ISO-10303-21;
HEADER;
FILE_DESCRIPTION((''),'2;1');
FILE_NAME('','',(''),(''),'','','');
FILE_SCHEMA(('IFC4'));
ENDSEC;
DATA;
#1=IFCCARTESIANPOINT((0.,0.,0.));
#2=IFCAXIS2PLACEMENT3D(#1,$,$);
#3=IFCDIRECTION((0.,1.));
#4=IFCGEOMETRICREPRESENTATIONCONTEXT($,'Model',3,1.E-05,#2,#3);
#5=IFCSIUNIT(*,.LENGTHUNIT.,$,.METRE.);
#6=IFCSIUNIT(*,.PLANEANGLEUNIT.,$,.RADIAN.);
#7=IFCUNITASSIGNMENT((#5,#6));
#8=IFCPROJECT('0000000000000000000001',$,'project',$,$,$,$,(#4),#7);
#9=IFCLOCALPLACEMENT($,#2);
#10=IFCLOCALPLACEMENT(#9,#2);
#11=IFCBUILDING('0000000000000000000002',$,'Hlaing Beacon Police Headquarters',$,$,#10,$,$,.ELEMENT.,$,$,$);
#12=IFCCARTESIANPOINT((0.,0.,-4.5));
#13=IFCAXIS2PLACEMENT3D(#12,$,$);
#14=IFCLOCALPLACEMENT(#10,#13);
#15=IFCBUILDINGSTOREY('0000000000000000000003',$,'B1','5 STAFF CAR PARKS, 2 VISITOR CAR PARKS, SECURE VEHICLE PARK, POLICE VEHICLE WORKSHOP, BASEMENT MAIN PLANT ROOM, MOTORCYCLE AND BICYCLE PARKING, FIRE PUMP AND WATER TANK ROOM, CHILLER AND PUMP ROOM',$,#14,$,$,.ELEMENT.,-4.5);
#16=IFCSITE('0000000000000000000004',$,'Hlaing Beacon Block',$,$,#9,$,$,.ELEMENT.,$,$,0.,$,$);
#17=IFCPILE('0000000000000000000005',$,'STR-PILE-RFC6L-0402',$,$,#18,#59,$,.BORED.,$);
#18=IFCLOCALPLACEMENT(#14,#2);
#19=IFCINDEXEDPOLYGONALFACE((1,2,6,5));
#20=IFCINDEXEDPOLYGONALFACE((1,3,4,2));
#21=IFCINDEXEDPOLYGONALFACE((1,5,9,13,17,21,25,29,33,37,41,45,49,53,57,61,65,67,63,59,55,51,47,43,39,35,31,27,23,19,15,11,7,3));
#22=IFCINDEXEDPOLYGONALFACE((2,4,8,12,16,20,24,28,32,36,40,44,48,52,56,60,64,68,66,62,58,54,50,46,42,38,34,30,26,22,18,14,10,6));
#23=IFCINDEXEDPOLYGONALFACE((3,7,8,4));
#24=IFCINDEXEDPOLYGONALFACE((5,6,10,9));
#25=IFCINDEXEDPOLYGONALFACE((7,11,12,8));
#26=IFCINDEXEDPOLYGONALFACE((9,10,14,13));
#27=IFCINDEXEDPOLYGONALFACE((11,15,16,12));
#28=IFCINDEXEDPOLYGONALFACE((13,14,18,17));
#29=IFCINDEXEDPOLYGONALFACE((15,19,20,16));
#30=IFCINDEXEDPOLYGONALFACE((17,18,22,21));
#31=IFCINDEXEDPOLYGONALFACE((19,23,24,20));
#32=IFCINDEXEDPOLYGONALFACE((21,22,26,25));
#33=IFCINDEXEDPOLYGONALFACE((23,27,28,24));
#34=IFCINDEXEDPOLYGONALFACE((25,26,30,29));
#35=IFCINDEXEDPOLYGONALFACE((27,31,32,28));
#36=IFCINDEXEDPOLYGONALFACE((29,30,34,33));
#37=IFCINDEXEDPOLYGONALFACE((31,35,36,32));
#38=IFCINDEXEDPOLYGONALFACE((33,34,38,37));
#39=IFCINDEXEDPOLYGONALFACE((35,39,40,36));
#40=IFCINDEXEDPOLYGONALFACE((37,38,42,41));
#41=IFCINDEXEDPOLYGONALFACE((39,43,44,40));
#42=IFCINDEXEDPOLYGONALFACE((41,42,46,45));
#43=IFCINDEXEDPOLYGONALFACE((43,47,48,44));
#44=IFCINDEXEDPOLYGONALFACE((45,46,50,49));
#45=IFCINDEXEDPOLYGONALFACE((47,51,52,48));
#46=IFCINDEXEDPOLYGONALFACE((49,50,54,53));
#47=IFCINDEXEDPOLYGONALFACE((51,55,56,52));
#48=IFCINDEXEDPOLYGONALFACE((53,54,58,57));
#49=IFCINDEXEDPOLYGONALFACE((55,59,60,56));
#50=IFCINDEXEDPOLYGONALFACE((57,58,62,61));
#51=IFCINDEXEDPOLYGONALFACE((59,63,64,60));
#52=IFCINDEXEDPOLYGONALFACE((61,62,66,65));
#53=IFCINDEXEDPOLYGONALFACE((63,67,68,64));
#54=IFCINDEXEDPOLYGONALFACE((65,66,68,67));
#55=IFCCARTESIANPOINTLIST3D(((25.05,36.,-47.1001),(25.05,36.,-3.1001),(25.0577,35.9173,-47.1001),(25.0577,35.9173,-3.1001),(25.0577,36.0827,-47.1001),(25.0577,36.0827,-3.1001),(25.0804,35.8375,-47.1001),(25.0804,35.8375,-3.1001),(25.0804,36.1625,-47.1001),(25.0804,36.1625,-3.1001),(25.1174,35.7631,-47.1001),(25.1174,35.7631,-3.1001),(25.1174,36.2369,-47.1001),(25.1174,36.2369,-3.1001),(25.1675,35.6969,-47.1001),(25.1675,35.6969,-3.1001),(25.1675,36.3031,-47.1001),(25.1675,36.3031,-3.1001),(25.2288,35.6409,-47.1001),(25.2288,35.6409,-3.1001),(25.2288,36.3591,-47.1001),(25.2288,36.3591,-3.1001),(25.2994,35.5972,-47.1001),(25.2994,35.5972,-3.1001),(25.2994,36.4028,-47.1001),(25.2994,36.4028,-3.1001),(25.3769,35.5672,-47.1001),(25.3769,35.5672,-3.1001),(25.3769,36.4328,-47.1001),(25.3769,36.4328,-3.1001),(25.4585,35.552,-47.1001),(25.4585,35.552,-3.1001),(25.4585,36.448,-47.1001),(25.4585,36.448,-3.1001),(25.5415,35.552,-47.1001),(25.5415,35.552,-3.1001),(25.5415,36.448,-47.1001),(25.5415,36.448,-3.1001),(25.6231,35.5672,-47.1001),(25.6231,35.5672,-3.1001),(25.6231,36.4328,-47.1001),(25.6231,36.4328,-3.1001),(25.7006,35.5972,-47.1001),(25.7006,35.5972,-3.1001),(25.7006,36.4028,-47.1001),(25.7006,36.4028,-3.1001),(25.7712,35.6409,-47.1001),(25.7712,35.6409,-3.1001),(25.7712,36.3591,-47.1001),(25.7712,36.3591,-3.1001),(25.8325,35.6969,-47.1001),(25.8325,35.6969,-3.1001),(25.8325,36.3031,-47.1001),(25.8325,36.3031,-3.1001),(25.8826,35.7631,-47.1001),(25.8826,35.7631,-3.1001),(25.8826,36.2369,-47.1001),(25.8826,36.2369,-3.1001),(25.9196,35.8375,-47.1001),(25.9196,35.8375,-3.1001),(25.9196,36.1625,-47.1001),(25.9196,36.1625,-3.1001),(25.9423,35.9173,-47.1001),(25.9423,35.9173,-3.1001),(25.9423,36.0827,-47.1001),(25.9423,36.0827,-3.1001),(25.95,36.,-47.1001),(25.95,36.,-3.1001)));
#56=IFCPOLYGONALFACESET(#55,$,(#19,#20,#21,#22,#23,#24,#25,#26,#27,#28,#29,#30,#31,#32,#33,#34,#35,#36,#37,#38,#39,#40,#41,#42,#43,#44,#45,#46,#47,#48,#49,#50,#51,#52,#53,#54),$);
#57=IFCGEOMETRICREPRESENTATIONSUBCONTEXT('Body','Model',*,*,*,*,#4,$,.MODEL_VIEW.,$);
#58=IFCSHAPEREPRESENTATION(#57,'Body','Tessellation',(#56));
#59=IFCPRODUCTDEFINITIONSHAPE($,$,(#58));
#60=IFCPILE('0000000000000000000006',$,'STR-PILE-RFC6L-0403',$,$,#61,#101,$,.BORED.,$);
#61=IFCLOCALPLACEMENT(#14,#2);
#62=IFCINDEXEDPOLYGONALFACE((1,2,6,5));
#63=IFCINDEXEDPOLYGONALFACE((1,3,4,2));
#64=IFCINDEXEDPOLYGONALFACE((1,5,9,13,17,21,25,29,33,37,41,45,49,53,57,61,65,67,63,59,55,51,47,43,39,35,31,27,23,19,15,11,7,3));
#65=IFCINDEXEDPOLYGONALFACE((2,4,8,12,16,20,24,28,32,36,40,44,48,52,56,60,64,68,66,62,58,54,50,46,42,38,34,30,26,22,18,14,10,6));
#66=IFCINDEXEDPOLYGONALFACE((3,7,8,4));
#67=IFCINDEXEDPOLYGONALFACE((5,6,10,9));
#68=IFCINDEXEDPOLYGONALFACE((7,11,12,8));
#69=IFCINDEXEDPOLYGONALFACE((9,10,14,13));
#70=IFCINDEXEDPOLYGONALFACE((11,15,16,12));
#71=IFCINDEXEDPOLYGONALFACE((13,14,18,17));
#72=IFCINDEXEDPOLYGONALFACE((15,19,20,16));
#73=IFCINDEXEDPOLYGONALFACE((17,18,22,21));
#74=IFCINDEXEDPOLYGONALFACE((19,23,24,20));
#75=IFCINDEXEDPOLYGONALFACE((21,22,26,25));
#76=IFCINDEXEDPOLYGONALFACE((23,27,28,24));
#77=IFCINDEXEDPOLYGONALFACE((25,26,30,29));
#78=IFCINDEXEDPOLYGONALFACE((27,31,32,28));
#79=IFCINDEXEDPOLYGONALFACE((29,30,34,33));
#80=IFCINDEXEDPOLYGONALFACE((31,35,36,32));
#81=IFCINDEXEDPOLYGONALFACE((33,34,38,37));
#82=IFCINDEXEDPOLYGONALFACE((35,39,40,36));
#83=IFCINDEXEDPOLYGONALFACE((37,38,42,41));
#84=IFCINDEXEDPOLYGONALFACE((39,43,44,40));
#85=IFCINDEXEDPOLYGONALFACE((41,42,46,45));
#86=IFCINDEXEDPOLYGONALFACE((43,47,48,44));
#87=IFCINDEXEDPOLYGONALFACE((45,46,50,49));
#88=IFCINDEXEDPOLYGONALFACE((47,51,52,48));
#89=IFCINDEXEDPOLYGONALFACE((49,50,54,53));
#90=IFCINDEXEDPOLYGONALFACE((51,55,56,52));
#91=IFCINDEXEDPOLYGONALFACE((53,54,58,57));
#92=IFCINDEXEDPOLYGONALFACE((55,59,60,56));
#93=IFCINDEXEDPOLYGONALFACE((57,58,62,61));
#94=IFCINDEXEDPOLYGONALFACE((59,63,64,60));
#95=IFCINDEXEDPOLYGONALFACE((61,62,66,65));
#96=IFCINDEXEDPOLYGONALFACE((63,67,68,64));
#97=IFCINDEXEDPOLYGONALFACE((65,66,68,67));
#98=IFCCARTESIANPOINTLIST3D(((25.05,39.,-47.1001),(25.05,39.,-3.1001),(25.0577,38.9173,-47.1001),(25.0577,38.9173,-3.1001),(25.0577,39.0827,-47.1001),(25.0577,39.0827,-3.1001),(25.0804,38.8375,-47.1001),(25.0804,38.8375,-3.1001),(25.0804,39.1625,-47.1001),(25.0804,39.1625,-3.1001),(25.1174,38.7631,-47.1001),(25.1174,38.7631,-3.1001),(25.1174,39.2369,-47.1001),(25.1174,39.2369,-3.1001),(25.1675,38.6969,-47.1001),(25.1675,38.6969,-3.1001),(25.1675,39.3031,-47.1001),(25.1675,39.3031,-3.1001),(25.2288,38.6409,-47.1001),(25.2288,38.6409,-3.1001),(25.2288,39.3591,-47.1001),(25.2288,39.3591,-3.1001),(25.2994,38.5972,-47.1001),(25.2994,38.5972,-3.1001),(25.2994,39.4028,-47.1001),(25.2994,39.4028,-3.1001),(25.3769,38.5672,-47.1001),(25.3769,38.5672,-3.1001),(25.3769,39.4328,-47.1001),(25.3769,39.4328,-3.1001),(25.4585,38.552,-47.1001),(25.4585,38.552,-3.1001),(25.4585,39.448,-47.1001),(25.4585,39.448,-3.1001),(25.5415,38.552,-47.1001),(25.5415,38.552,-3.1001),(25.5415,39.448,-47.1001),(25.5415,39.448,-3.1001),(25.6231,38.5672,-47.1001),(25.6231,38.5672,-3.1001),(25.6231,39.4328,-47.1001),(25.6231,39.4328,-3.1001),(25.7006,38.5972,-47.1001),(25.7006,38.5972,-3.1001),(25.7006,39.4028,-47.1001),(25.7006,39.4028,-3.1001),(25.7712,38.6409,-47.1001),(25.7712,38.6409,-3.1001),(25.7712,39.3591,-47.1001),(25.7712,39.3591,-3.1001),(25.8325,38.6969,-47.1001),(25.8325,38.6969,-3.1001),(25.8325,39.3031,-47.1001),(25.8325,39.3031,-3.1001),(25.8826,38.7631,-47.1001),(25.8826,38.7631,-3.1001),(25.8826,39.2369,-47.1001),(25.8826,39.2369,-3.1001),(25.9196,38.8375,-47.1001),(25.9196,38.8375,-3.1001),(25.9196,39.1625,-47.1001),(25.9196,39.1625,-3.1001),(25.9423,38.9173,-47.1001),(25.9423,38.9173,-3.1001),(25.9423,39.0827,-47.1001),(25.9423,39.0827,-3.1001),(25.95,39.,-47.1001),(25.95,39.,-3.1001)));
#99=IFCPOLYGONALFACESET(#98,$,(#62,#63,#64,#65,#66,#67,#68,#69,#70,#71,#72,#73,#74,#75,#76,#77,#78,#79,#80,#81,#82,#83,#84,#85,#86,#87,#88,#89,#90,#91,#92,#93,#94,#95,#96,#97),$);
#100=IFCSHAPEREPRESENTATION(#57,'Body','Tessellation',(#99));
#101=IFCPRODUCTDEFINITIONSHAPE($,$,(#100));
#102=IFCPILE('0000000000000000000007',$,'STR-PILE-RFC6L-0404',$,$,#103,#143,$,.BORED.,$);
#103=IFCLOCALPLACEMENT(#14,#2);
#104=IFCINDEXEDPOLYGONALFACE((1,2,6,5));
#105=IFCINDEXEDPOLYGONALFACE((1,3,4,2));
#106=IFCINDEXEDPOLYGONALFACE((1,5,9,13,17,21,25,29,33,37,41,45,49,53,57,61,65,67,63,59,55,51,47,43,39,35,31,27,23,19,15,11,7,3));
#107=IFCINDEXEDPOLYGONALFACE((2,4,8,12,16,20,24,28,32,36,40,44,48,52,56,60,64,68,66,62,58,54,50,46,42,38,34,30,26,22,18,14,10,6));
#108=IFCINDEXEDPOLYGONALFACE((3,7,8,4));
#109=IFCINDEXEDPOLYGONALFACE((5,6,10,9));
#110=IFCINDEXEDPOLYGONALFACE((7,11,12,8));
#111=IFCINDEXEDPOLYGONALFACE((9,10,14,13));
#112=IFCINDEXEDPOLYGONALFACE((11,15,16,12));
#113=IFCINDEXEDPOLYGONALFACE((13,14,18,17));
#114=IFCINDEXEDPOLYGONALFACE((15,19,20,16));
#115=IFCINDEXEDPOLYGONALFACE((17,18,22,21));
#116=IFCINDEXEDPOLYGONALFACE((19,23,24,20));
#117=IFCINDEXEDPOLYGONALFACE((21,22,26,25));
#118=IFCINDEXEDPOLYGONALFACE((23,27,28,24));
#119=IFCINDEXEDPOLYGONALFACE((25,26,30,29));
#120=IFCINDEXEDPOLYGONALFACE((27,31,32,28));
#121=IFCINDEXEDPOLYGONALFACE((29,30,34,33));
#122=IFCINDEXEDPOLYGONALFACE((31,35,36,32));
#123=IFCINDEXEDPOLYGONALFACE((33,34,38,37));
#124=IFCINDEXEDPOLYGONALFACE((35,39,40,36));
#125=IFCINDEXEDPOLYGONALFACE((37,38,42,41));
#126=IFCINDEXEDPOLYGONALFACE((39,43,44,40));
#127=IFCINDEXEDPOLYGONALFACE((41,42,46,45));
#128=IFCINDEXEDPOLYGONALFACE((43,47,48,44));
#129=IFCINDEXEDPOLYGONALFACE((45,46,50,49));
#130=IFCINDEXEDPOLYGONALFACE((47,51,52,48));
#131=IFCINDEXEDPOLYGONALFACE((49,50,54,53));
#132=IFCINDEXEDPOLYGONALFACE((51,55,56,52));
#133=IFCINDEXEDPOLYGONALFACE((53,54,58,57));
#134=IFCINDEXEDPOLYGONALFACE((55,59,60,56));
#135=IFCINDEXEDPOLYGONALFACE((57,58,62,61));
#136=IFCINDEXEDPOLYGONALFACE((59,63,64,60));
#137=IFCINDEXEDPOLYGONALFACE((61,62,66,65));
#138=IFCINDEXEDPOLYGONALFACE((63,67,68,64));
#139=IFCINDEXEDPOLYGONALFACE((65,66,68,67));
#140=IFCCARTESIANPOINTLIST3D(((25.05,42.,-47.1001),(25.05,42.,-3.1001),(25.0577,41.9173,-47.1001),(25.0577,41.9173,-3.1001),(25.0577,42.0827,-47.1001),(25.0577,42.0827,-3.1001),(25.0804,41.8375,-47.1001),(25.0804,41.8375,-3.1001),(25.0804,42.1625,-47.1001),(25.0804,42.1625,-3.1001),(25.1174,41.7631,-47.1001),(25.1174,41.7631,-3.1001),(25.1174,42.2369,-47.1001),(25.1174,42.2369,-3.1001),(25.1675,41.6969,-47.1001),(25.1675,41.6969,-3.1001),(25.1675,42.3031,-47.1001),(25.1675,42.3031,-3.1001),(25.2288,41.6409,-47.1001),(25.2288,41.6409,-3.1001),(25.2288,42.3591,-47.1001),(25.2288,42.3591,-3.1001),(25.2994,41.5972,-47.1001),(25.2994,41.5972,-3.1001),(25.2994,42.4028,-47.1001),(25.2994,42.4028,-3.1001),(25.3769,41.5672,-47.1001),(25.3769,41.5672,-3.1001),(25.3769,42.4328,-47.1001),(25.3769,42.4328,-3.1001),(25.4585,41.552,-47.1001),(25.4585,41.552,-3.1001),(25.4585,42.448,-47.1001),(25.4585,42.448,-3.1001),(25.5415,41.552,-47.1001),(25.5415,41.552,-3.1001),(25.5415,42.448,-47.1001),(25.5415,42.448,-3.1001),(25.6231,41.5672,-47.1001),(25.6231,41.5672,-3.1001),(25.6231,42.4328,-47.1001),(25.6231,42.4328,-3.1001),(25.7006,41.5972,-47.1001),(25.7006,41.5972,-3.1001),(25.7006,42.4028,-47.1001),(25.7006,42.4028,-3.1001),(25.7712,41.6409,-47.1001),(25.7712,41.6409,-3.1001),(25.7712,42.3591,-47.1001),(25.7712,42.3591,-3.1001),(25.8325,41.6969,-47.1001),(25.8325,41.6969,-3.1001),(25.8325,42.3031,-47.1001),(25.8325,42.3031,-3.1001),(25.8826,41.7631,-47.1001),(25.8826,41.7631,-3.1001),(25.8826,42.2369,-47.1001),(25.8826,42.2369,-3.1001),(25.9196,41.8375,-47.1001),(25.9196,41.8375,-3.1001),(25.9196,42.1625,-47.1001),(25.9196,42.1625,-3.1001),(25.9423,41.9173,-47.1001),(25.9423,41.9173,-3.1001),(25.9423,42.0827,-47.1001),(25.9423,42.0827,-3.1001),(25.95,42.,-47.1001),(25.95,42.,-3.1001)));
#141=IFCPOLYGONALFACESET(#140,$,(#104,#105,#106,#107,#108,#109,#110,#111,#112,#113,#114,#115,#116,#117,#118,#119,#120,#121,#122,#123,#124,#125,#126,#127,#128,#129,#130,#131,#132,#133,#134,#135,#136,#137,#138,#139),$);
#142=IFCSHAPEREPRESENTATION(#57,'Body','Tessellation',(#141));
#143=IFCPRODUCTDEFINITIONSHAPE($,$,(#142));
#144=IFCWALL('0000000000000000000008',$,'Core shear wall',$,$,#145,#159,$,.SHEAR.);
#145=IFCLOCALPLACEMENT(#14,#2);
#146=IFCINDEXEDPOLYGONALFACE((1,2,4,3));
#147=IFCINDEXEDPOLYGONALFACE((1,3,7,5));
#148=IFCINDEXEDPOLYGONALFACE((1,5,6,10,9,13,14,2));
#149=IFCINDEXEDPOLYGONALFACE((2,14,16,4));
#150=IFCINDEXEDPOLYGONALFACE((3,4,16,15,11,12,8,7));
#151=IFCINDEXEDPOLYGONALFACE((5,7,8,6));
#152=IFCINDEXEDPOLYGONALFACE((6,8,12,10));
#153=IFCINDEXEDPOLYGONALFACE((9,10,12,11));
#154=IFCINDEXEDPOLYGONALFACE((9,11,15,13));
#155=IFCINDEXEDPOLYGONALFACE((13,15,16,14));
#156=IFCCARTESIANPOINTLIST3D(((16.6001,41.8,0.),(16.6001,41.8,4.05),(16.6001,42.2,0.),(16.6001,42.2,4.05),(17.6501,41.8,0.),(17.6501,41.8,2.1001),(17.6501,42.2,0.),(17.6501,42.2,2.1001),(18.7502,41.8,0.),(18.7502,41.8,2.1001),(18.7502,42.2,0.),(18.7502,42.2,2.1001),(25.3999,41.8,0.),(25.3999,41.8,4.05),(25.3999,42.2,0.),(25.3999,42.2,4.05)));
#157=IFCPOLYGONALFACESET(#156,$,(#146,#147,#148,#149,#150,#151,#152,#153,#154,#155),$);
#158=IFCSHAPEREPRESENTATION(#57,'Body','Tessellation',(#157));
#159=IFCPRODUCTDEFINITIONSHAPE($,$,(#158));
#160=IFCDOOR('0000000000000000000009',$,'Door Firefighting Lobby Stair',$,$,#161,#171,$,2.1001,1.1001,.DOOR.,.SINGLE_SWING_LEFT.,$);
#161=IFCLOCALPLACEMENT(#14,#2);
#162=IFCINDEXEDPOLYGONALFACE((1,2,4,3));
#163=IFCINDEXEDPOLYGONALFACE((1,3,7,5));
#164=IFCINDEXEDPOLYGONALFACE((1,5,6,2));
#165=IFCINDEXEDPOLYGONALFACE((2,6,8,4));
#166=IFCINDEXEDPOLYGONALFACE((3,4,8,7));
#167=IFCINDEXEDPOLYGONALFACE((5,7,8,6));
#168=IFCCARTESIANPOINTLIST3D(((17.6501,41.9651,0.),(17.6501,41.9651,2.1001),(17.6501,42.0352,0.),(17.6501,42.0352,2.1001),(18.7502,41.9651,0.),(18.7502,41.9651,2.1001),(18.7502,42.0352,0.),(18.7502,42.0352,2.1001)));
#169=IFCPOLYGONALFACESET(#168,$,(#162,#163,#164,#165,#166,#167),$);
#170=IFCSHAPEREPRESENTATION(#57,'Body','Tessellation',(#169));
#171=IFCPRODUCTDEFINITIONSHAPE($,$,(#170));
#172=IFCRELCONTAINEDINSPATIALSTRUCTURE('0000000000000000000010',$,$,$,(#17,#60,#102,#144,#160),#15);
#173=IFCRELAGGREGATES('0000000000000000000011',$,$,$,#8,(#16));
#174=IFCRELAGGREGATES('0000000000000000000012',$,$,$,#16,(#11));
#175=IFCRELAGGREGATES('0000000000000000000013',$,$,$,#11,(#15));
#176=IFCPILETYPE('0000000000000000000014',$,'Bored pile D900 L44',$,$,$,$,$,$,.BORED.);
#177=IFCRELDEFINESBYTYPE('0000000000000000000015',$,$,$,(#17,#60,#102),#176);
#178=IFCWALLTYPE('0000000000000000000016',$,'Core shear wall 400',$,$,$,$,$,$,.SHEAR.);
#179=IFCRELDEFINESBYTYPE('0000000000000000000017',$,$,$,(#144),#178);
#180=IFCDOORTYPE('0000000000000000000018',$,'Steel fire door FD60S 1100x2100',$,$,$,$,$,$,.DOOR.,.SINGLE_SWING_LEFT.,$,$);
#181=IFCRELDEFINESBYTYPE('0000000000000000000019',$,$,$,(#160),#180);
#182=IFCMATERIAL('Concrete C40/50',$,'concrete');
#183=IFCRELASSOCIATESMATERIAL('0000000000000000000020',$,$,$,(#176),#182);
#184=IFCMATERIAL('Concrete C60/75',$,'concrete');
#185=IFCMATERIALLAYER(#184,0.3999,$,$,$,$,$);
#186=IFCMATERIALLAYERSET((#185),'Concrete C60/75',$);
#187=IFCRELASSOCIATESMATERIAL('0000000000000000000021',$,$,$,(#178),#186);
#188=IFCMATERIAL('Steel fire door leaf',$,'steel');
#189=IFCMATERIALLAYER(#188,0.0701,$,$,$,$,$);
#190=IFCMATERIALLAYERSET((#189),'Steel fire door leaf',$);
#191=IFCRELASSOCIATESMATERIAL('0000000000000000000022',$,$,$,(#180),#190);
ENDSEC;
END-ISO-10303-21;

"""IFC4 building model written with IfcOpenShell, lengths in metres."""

from ifc_helpers import new_model, si_unit, direction, frame, frame_2d, origin, origin_2d, place, context, subcontext, project, spatial, rectangle, circle, extrude, material, layer, layer_set, material_profile, profile_set, type_object, element, fill, save


model = new_model("IFC4")

# Units and contexts
model_context = context("Model", 3, precision=1e-05, world=origin(), true_north=direction((0.0, 1.0)))
body_context = subcontext(model_context, "Body", "Model", "MODEL_VIEW")
ifc_project = project(units=[si_unit("LENGTHUNIT", "METRE"), si_unit("PLANEANGLEUNIT", "RADIAN")], contexts=[model_context])

# Site, building, storey
site_placement = place(None, origin())
site = spatial("IfcSite", under=ifc_project, at=site_placement, Name="Hlaing Beacon Block", CompositionType="ELEMENT", RefElevation=0.0)
building_placement = place(site_placement, origin())
building = spatial("IfcBuilding", under=site, at=building_placement, Name="Hlaing Beacon Police Headquarters", CompositionType="ELEMENT")
storey_placement = place(building_placement, frame((0.0, 0.0, -4.5)))
storey = spatial("IfcBuildingStorey", under=building, at=storey_placement, Name="B1", Description="5 STAFF CAR PARKS, 2 VISITOR CAR PARKS, SECURE VEHICLE PARK, POLICE VEHICLE WORKSHOP, BASEMENT MAIN PLANT ROOM, MOTORCYCLE AND BICYCLE PARKING, FIRE PUMP AND WATER TANK ROOM, CHILLER AND PUMP ROOM", CompositionType="ELEMENT", Elevation=-4.5)

# Piles
ifc_material_1 = material(Name="Concrete C40/50", Category="concrete")
ifc_material_profile = material_profile(ifc_material_1, circle(Radius=0.45, at=origin_2d()), Name="D900")
ifc_profile_set = profile_set([ifc_material_profile], Name="Concrete C40/50")
pile_type = type_object("IfcPileType", Name="Bored pile D900 L44", PredefinedType="BORED", material=ifc_profile_set)
for number, where, z_axis, x_axis, name in (
    (1, (25.5, 36.0, -3.1001), (0.0, 0.0, -1.0), (1.0, 0.0, 0.0), "STR-PILE-RFC6L-0402"),
    (2, (25.5, 39.0, -3.1001), (0.0, 0.0, -1.0), (1.0, 0.0, 0.0), "STR-PILE-RFC6L-0403"),
    (3, (25.5, 42.0, -3.1001), (0.0, 0.0, -1.0), (1.0, 0.0, 0.0), "STR-PILE-RFC6L-0404"),
):
    element("IfcPile", number, at=place(storey_placement, frame(where, z_axis=z_axis, x_axis=x_axis)), inside=storey, type_object=pile_type, Name=name, PredefinedType="BORED", context=body_context, shape_type="SweptSolid", body=[
        extrude(circle(Radius=0.45, at=origin_2d()), origin(), (0.0, 0.0, 1.0), 44.0),
    ])

# Wall, opening, door
ifc_material_2 = material(Name="Concrete C60/75", Category="concrete")
ifc_layer_1 = layer(ifc_material_2, 0.3999)
ifc_layer_set_1 = layer_set([ifc_layer_1], Name="Concrete C60/75")
wall_type_1 = type_object("IfcWallType", Name="Core shear wall 400", PredefinedType="SHEAR", material=ifc_layer_set_1)
wall_1_placement = place(storey_placement, frame((16.6001, 42.0, 0.0), z_axis=(0.0, 0.0, 1.0), x_axis=(1.0, 0.0, 0.0)))
wall_1 = element("IfcWall", 4, at=wall_1_placement, inside=storey, type_object=wall_type_1, Name="Core shear wall", PredefinedType="SHEAR", context=body_context, shape_type="SweptSolid", body=[
    extrude(rectangle(XDim=8.7998, YDim=0.3999, at=frame_2d((4.3999, 0.0))), origin(), (0.0, 0.0, 1.0), 4.05),
])
opening_1_placement = place(wall_1_placement, frame((1.05, 0.0, 0.0)))
opening_1 = element("IfcOpeningElement", 5, at=opening_1_placement, cuts=wall_1, PredefinedType="OPENING", context=body_context, shape_type="SweptSolid", body=[
    extrude(rectangle(XDim=1.1001, YDim=2.1001, at=frame_2d((0.55, 1.05))), frame((0.0, 0.21, 0.0), z_axis=(0.0, -1.0, 0.0), x_axis=(1.0, 0.0, 0.0)), (0.0, 0.0, 1.0), 0.4199),
])
ifc_material_3 = material(Name="Steel fire door leaf", Category="steel")
ifc_layer_2 = layer(ifc_material_3, 0.0701)
ifc_layer_set_2 = layer_set([ifc_layer_2], Name="Steel fire door leaf")
door_type_1 = type_object("IfcDoorType", Name="Steel fire door FD60S 1100x2100", OperationType="SINGLE_SWING_LEFT", PredefinedType="DOOR", material=ifc_layer_set_2)
door_1_placement = place(opening_1_placement, frame((1.1001, 0.0, 0.0), z_axis=(0.0, 0.0, 1.0), x_axis=(-1.0, 0.0, 0.0)))
door_1 = element("IfcDoor", 6, at=door_1_placement, inside=storey, type_object=door_type_1, Name="Door Firefighting Lobby Stair", OperationType="SINGLE_SWING_LEFT", OverallHeight=2.1001, OverallWidth=1.1001, PredefinedType="DOOR", context=body_context, shape_type="SweptSolid", body=[
    extrude(rectangle(XDim=1.1001, YDim=2.1001, at=frame_2d((0.55, 1.05))), frame((0.0, 0.0349, 0.0), z_axis=(0.0, -1.0, 0.0), x_axis=(1.0, 0.0, 0.0)), (0.0, 0.0, 1.0), 0.0701),
])
fill(opening_1, door_1)

save(model, "model.ifc")
